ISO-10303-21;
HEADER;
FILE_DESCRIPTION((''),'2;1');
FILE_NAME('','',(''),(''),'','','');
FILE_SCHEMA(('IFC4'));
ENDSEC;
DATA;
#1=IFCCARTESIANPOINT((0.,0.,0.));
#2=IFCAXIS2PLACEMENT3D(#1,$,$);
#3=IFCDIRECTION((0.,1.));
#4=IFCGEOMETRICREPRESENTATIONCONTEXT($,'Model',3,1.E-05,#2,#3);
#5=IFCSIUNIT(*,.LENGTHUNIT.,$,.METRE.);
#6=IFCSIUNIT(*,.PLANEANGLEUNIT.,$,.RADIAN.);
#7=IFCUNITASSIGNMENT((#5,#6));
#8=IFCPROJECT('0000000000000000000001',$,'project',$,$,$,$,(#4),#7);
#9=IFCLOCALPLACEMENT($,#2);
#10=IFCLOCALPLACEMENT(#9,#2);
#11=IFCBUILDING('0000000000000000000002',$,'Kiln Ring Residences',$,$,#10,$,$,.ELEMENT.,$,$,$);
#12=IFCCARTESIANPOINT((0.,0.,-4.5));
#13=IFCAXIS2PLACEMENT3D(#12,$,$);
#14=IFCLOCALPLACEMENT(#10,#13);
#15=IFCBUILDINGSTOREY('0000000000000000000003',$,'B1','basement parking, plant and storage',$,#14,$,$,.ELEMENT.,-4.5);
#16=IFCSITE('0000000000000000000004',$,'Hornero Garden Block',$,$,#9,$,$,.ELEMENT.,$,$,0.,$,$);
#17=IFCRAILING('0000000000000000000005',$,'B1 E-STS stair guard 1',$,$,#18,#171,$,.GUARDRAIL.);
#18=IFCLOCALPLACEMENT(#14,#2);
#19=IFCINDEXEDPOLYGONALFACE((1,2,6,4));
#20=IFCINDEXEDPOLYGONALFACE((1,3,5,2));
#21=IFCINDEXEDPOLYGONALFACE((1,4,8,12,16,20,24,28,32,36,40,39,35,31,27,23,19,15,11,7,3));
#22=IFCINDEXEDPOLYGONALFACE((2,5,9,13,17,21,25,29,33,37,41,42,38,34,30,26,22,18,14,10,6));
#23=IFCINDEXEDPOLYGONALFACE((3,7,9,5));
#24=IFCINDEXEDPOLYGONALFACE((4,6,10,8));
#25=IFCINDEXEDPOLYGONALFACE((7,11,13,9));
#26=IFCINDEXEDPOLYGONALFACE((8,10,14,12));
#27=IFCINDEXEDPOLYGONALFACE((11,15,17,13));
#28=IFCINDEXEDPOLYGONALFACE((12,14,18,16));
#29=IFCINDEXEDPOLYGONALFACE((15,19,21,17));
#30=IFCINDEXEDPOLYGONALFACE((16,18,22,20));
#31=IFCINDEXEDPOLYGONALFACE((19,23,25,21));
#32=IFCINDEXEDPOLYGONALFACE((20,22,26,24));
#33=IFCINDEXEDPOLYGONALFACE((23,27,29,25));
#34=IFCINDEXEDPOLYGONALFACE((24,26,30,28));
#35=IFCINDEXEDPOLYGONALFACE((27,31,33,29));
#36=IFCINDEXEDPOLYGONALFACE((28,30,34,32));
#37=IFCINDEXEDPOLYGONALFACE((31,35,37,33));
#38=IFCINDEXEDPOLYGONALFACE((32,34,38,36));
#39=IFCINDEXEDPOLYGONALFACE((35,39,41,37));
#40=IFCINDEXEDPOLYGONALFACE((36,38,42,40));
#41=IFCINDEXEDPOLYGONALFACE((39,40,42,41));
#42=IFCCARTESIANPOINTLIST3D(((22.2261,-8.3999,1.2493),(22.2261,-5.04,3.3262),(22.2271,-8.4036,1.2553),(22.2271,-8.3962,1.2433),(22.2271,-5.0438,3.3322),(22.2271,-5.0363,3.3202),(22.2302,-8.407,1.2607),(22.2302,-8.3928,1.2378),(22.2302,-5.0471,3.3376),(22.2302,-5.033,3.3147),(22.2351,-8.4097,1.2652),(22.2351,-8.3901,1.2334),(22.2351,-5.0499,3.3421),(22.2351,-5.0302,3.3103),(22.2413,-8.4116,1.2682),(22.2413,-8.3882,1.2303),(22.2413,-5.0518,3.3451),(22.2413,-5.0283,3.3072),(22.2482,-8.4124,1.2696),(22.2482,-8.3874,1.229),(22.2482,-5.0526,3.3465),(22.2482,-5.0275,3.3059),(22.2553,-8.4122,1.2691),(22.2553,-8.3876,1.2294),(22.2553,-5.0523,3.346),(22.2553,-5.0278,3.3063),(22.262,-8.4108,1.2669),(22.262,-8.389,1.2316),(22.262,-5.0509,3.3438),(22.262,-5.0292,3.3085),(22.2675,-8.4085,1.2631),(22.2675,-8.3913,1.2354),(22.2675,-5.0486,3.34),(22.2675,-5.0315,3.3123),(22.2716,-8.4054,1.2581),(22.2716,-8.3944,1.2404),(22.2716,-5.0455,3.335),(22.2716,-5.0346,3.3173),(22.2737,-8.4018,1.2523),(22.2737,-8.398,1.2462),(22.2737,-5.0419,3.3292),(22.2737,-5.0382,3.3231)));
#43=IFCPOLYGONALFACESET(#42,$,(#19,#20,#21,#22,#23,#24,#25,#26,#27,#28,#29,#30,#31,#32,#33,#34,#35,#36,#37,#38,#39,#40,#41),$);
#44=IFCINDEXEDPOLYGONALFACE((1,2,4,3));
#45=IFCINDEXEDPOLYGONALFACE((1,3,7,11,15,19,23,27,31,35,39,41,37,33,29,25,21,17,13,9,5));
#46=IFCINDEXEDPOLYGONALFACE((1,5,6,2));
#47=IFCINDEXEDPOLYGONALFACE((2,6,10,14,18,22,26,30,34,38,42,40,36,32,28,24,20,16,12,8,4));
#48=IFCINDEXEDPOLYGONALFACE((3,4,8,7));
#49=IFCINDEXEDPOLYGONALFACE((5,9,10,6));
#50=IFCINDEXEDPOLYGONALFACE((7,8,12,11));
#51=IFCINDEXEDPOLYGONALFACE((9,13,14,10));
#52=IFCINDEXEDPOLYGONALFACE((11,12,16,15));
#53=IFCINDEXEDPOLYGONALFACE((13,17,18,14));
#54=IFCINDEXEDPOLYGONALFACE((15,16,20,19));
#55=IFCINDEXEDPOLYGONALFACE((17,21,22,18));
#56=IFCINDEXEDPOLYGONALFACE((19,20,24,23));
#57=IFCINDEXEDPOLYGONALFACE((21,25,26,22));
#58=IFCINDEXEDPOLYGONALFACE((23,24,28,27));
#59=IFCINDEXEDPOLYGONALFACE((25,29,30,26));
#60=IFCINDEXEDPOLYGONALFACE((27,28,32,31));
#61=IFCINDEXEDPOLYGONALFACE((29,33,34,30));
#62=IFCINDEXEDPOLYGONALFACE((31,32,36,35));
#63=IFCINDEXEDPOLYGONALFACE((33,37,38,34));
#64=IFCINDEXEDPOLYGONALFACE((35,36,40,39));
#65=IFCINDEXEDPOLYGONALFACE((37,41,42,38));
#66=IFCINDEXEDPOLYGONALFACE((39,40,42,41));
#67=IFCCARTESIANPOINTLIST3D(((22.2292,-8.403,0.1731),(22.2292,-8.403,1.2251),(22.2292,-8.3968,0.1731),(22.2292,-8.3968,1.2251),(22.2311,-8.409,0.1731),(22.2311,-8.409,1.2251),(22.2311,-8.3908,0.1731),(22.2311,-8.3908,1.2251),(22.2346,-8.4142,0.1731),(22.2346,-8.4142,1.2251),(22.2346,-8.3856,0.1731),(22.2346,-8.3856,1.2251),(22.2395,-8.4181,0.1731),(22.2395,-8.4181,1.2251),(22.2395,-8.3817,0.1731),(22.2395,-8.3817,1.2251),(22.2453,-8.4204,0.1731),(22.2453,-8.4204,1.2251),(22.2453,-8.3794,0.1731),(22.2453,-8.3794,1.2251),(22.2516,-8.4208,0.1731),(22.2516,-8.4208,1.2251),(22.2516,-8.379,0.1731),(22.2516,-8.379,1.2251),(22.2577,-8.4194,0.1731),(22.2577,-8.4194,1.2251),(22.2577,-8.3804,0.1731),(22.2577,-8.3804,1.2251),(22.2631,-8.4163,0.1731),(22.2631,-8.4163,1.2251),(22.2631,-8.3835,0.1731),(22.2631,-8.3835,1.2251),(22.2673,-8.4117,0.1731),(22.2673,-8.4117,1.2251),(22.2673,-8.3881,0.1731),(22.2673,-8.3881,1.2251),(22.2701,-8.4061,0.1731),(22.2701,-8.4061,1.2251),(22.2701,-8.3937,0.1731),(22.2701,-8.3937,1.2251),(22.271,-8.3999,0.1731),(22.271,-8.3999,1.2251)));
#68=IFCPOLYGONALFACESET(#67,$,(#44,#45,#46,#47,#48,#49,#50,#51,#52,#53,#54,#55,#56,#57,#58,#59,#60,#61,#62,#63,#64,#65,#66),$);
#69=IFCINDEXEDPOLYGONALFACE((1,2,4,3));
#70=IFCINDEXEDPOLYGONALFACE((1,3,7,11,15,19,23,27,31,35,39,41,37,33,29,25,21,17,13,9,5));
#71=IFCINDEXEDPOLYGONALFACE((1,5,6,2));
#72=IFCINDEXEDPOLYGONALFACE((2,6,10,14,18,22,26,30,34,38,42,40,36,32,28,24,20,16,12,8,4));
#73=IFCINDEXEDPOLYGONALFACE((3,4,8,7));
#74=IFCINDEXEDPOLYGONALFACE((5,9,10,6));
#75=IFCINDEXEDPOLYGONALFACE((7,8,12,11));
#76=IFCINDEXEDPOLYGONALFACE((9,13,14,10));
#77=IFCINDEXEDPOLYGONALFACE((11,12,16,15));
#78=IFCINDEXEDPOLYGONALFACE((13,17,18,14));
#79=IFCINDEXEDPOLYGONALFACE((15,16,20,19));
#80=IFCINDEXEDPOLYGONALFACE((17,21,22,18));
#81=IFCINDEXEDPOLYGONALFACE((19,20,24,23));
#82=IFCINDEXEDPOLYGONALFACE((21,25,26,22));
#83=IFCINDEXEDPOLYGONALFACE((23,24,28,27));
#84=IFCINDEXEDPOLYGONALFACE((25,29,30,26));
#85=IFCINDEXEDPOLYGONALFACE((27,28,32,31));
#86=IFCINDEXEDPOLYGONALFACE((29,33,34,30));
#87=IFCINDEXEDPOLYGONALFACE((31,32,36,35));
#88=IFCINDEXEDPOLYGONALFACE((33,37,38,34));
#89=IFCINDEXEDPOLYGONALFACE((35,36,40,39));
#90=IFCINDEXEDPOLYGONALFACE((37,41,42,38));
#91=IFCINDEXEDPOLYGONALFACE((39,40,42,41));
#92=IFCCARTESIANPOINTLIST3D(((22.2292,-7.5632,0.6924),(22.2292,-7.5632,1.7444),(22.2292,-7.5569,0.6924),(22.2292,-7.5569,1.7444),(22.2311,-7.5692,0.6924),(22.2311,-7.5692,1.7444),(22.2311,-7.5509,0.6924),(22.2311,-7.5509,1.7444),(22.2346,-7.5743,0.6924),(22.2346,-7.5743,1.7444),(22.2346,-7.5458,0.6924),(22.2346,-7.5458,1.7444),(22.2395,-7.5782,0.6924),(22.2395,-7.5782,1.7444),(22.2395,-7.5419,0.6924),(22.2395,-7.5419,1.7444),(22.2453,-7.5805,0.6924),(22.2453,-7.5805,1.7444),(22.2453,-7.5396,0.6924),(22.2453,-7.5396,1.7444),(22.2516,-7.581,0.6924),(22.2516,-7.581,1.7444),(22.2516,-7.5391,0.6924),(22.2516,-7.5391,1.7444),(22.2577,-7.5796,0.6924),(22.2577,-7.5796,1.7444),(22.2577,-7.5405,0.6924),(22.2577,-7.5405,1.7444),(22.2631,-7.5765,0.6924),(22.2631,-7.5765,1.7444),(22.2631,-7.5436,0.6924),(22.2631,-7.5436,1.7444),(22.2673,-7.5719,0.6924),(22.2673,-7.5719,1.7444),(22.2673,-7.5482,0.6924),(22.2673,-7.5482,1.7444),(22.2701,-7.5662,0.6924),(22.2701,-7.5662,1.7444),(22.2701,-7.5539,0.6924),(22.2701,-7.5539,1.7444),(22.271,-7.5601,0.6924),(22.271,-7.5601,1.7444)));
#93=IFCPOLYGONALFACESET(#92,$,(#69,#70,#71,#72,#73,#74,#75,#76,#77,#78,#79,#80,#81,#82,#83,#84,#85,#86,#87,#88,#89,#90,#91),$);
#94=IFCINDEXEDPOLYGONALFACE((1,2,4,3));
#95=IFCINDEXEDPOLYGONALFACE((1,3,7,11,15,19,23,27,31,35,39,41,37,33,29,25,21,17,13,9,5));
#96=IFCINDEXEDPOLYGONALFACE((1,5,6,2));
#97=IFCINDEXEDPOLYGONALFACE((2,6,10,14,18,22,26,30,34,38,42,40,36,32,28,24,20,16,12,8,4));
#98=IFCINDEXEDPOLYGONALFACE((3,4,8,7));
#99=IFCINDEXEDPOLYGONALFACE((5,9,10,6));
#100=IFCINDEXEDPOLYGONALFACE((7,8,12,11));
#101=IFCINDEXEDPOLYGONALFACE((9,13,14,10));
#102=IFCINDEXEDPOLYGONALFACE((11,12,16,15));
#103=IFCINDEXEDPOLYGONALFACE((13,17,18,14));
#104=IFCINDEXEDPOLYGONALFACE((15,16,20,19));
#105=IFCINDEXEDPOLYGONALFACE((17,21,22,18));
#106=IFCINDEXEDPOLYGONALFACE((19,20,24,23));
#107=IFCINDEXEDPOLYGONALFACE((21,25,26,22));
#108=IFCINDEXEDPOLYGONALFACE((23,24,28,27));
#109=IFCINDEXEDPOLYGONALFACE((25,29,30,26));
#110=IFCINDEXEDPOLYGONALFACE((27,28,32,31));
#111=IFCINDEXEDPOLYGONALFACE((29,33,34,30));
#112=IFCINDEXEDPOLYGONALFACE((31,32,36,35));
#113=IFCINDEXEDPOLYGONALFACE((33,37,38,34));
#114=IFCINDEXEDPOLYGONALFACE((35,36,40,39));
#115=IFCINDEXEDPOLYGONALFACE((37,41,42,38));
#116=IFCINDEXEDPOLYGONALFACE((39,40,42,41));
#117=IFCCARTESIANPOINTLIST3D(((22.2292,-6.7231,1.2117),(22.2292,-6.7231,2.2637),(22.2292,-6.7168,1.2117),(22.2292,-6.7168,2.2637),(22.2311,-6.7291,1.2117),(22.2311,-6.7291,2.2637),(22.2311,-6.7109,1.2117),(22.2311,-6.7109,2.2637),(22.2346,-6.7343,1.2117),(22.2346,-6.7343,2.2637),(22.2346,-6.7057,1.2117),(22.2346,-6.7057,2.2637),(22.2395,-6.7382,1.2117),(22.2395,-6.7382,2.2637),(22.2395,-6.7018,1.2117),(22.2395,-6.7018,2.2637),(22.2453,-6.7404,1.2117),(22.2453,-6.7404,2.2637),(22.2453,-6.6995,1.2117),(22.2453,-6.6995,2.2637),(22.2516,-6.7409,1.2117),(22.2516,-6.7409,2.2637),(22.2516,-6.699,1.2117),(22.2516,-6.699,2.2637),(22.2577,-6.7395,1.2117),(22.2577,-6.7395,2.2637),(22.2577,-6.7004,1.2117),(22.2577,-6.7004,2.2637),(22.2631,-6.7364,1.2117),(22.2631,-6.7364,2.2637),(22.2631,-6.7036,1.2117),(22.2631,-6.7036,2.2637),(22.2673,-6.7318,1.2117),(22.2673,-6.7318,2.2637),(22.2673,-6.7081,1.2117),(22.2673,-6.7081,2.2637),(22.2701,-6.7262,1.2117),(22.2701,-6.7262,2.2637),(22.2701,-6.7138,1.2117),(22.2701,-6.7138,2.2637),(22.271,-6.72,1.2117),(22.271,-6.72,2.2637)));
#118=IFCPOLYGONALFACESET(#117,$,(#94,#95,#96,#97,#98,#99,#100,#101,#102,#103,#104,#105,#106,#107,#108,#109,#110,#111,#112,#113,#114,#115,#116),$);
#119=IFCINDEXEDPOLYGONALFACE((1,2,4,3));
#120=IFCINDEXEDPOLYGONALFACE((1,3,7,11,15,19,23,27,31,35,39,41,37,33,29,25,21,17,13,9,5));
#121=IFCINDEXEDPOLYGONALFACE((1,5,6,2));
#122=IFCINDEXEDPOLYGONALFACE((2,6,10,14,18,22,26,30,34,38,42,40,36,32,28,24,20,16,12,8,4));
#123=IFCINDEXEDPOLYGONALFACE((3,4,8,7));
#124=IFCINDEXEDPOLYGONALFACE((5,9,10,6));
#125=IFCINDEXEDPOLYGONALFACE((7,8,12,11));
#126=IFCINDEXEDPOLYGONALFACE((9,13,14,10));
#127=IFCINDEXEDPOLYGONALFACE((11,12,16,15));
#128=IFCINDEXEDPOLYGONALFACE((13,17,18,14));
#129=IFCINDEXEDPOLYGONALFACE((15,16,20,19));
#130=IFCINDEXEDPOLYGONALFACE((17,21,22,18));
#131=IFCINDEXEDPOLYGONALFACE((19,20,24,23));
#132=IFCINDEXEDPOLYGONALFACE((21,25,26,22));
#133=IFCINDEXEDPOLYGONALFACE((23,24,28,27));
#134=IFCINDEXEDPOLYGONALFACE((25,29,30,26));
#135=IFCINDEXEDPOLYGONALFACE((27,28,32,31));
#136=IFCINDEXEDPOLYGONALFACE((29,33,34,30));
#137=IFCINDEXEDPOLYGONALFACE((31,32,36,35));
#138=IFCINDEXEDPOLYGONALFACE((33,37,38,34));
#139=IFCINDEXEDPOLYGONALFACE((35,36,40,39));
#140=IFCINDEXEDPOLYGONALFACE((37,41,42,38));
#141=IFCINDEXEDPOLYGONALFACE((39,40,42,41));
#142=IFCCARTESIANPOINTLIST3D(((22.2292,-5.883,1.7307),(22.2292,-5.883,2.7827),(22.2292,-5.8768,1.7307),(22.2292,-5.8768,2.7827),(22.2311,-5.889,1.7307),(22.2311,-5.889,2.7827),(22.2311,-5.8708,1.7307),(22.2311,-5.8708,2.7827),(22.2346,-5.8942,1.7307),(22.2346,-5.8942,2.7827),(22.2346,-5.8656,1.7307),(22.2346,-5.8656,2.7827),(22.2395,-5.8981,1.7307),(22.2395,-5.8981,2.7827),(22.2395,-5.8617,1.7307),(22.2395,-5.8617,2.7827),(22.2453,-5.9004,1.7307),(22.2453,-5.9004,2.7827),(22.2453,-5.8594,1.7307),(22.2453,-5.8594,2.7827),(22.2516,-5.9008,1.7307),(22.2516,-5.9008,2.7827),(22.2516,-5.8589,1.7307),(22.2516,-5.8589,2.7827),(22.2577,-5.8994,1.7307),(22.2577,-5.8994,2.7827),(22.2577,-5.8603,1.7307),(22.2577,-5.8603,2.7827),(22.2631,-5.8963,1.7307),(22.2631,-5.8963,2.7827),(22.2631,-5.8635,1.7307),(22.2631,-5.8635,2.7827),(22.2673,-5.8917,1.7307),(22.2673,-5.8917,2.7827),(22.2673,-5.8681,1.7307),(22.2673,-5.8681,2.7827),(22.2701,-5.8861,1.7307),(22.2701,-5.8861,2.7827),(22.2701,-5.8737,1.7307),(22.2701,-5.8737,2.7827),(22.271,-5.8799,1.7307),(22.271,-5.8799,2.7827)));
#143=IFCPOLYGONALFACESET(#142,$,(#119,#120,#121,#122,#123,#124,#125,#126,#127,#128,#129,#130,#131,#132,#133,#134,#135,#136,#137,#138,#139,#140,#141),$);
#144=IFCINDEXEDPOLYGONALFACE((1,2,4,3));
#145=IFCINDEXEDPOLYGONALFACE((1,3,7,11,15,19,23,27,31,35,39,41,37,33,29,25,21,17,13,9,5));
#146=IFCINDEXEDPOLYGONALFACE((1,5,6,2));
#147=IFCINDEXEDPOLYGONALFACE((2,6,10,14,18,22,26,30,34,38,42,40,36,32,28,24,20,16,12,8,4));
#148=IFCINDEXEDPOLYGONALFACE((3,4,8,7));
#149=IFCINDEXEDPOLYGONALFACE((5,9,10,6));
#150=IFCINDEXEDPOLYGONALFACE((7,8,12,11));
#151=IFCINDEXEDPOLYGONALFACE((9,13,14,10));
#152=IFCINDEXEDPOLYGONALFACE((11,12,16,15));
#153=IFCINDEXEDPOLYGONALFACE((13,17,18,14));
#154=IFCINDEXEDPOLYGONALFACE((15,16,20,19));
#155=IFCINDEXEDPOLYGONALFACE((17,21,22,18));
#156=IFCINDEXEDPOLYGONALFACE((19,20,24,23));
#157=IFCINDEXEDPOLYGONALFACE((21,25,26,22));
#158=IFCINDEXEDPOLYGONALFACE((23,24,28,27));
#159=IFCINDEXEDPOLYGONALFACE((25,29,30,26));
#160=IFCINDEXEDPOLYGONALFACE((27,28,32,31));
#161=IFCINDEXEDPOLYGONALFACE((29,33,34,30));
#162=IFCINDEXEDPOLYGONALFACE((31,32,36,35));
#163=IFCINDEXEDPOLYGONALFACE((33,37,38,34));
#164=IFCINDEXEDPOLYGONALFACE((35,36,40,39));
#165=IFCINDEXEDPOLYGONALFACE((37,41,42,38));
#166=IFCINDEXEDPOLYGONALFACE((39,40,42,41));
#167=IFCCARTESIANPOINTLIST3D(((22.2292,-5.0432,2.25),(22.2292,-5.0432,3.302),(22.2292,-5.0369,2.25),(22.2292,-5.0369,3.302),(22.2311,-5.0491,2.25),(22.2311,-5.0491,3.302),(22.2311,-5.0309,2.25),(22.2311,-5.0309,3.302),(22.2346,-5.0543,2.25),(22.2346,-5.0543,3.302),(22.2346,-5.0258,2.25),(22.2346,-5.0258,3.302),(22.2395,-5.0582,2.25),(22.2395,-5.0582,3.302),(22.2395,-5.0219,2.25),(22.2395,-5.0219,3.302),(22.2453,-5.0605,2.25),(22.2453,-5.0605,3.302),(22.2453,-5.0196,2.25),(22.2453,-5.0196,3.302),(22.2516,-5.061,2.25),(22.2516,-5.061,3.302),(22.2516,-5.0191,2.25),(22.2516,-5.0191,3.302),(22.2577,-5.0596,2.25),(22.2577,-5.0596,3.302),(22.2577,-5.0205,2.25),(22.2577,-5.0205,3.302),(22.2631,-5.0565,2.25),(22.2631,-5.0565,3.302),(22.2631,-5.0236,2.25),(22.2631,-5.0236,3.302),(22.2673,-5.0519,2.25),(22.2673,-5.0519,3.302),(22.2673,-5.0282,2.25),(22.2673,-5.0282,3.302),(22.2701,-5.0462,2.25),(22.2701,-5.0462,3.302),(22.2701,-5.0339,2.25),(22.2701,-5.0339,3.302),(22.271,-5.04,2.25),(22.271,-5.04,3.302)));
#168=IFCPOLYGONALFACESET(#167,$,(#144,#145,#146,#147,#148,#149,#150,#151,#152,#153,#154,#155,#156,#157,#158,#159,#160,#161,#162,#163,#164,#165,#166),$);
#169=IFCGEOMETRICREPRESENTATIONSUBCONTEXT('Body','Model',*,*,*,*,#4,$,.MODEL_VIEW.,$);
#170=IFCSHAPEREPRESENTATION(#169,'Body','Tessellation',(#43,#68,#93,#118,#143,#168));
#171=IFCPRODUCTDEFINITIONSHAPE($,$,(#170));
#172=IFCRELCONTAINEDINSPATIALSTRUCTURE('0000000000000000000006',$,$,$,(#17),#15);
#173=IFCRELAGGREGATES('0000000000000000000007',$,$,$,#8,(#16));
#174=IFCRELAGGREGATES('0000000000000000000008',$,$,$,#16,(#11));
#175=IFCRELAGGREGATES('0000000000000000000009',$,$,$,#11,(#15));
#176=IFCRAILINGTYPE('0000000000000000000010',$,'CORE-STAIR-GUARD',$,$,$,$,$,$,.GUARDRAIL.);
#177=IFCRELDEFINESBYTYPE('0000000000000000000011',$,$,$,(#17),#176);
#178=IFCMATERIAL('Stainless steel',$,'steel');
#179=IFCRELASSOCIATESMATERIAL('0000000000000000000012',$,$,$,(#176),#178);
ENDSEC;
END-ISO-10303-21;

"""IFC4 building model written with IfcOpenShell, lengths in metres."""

from ifc_helpers import new_model, si_unit, direction, frame, origin, origin_2d, place, context, subcontext, project, spatial, circle, extrude, material, type_object, element, save


model = new_model("IFC4")

# Units and contexts
model_context = context("Model", 3, precision=1e-05, world=origin(), true_north=direction((0.0, 1.0)))
body_context = subcontext(model_context, "Body", "Model", "MODEL_VIEW")
ifc_project = project(units=[si_unit("LENGTHUNIT", "METRE"), si_unit("PLANEANGLEUNIT", "RADIAN")], contexts=[model_context])

# Site, building, storey
site_placement = place(None, origin())
site = spatial("IfcSite", under=ifc_project, at=site_placement, Name="Hornero Garden Block", CompositionType="ELEMENT", RefElevation=0.0)
building_placement = place(site_placement, origin())
building = spatial("IfcBuilding", under=site, at=building_placement, Name="Kiln Ring Residences", CompositionType="ELEMENT")
storey_placement = place(building_placement, frame((0.0, 0.0, -4.5)))
storey = spatial("IfcBuildingStorey", under=building, at=storey_placement, Name="B1", Description="basement parking, plant and storage", CompositionType="ELEMENT", Elevation=-4.5)

# Railing
ifc_material_1 = material(Name="Stainless steel", Category="steel")
railing_type_1 = type_object("IfcRailingType", Name="CORE-STAIR-GUARD", PredefinedType="GUARDRAIL", material=ifc_material_1)
railing_1_placement = place(storey_placement, frame((22.25, -8.3999, 0.1731)))
element("IfcRailing", 1, at=railing_1_placement, inside=storey, type_object=railing_type_1, Name="B1 E-STS stair guard 1", PredefinedType="GUARDRAIL", context=body_context, shape_type="SweptSolid", body=[
    extrude(circle(Radius=0.0239, at=origin_2d()), frame((0.0, 0.0, 1.0762), z_axis=(0.0, 0.850606, 0.525803), x_axis=(-1.0, 0.0, 0.0)), (0.0, 0.0, 1.0), 3.95),
    extrude(circle(Radius=0.021, at=origin_2d()), origin(), (0.0, 0.0, 1.0), 1.052),
    extrude(circle(Radius=0.021, at=origin_2d()), frame((0.0, 0.8398, 0.5193)), (0.0, 0.0, 1.0), 1.052),
    extrude(circle(Radius=0.021, at=origin_2d()), frame((0.0, 1.6799, 1.0386)), (0.0, 0.0, 1.0), 1.052),
    extrude(circle(Radius=0.021, at=origin_2d()), frame((0.0, 2.52, 1.5576)), (0.0, 0.0, 1.0), 1.052),
    extrude(circle(Radius=0.021, at=origin_2d()), frame((0.0, 3.3599, 2.0769)), (0.0, 0.0, 1.0), 1.052),
])

save(model, "model.ifc")
